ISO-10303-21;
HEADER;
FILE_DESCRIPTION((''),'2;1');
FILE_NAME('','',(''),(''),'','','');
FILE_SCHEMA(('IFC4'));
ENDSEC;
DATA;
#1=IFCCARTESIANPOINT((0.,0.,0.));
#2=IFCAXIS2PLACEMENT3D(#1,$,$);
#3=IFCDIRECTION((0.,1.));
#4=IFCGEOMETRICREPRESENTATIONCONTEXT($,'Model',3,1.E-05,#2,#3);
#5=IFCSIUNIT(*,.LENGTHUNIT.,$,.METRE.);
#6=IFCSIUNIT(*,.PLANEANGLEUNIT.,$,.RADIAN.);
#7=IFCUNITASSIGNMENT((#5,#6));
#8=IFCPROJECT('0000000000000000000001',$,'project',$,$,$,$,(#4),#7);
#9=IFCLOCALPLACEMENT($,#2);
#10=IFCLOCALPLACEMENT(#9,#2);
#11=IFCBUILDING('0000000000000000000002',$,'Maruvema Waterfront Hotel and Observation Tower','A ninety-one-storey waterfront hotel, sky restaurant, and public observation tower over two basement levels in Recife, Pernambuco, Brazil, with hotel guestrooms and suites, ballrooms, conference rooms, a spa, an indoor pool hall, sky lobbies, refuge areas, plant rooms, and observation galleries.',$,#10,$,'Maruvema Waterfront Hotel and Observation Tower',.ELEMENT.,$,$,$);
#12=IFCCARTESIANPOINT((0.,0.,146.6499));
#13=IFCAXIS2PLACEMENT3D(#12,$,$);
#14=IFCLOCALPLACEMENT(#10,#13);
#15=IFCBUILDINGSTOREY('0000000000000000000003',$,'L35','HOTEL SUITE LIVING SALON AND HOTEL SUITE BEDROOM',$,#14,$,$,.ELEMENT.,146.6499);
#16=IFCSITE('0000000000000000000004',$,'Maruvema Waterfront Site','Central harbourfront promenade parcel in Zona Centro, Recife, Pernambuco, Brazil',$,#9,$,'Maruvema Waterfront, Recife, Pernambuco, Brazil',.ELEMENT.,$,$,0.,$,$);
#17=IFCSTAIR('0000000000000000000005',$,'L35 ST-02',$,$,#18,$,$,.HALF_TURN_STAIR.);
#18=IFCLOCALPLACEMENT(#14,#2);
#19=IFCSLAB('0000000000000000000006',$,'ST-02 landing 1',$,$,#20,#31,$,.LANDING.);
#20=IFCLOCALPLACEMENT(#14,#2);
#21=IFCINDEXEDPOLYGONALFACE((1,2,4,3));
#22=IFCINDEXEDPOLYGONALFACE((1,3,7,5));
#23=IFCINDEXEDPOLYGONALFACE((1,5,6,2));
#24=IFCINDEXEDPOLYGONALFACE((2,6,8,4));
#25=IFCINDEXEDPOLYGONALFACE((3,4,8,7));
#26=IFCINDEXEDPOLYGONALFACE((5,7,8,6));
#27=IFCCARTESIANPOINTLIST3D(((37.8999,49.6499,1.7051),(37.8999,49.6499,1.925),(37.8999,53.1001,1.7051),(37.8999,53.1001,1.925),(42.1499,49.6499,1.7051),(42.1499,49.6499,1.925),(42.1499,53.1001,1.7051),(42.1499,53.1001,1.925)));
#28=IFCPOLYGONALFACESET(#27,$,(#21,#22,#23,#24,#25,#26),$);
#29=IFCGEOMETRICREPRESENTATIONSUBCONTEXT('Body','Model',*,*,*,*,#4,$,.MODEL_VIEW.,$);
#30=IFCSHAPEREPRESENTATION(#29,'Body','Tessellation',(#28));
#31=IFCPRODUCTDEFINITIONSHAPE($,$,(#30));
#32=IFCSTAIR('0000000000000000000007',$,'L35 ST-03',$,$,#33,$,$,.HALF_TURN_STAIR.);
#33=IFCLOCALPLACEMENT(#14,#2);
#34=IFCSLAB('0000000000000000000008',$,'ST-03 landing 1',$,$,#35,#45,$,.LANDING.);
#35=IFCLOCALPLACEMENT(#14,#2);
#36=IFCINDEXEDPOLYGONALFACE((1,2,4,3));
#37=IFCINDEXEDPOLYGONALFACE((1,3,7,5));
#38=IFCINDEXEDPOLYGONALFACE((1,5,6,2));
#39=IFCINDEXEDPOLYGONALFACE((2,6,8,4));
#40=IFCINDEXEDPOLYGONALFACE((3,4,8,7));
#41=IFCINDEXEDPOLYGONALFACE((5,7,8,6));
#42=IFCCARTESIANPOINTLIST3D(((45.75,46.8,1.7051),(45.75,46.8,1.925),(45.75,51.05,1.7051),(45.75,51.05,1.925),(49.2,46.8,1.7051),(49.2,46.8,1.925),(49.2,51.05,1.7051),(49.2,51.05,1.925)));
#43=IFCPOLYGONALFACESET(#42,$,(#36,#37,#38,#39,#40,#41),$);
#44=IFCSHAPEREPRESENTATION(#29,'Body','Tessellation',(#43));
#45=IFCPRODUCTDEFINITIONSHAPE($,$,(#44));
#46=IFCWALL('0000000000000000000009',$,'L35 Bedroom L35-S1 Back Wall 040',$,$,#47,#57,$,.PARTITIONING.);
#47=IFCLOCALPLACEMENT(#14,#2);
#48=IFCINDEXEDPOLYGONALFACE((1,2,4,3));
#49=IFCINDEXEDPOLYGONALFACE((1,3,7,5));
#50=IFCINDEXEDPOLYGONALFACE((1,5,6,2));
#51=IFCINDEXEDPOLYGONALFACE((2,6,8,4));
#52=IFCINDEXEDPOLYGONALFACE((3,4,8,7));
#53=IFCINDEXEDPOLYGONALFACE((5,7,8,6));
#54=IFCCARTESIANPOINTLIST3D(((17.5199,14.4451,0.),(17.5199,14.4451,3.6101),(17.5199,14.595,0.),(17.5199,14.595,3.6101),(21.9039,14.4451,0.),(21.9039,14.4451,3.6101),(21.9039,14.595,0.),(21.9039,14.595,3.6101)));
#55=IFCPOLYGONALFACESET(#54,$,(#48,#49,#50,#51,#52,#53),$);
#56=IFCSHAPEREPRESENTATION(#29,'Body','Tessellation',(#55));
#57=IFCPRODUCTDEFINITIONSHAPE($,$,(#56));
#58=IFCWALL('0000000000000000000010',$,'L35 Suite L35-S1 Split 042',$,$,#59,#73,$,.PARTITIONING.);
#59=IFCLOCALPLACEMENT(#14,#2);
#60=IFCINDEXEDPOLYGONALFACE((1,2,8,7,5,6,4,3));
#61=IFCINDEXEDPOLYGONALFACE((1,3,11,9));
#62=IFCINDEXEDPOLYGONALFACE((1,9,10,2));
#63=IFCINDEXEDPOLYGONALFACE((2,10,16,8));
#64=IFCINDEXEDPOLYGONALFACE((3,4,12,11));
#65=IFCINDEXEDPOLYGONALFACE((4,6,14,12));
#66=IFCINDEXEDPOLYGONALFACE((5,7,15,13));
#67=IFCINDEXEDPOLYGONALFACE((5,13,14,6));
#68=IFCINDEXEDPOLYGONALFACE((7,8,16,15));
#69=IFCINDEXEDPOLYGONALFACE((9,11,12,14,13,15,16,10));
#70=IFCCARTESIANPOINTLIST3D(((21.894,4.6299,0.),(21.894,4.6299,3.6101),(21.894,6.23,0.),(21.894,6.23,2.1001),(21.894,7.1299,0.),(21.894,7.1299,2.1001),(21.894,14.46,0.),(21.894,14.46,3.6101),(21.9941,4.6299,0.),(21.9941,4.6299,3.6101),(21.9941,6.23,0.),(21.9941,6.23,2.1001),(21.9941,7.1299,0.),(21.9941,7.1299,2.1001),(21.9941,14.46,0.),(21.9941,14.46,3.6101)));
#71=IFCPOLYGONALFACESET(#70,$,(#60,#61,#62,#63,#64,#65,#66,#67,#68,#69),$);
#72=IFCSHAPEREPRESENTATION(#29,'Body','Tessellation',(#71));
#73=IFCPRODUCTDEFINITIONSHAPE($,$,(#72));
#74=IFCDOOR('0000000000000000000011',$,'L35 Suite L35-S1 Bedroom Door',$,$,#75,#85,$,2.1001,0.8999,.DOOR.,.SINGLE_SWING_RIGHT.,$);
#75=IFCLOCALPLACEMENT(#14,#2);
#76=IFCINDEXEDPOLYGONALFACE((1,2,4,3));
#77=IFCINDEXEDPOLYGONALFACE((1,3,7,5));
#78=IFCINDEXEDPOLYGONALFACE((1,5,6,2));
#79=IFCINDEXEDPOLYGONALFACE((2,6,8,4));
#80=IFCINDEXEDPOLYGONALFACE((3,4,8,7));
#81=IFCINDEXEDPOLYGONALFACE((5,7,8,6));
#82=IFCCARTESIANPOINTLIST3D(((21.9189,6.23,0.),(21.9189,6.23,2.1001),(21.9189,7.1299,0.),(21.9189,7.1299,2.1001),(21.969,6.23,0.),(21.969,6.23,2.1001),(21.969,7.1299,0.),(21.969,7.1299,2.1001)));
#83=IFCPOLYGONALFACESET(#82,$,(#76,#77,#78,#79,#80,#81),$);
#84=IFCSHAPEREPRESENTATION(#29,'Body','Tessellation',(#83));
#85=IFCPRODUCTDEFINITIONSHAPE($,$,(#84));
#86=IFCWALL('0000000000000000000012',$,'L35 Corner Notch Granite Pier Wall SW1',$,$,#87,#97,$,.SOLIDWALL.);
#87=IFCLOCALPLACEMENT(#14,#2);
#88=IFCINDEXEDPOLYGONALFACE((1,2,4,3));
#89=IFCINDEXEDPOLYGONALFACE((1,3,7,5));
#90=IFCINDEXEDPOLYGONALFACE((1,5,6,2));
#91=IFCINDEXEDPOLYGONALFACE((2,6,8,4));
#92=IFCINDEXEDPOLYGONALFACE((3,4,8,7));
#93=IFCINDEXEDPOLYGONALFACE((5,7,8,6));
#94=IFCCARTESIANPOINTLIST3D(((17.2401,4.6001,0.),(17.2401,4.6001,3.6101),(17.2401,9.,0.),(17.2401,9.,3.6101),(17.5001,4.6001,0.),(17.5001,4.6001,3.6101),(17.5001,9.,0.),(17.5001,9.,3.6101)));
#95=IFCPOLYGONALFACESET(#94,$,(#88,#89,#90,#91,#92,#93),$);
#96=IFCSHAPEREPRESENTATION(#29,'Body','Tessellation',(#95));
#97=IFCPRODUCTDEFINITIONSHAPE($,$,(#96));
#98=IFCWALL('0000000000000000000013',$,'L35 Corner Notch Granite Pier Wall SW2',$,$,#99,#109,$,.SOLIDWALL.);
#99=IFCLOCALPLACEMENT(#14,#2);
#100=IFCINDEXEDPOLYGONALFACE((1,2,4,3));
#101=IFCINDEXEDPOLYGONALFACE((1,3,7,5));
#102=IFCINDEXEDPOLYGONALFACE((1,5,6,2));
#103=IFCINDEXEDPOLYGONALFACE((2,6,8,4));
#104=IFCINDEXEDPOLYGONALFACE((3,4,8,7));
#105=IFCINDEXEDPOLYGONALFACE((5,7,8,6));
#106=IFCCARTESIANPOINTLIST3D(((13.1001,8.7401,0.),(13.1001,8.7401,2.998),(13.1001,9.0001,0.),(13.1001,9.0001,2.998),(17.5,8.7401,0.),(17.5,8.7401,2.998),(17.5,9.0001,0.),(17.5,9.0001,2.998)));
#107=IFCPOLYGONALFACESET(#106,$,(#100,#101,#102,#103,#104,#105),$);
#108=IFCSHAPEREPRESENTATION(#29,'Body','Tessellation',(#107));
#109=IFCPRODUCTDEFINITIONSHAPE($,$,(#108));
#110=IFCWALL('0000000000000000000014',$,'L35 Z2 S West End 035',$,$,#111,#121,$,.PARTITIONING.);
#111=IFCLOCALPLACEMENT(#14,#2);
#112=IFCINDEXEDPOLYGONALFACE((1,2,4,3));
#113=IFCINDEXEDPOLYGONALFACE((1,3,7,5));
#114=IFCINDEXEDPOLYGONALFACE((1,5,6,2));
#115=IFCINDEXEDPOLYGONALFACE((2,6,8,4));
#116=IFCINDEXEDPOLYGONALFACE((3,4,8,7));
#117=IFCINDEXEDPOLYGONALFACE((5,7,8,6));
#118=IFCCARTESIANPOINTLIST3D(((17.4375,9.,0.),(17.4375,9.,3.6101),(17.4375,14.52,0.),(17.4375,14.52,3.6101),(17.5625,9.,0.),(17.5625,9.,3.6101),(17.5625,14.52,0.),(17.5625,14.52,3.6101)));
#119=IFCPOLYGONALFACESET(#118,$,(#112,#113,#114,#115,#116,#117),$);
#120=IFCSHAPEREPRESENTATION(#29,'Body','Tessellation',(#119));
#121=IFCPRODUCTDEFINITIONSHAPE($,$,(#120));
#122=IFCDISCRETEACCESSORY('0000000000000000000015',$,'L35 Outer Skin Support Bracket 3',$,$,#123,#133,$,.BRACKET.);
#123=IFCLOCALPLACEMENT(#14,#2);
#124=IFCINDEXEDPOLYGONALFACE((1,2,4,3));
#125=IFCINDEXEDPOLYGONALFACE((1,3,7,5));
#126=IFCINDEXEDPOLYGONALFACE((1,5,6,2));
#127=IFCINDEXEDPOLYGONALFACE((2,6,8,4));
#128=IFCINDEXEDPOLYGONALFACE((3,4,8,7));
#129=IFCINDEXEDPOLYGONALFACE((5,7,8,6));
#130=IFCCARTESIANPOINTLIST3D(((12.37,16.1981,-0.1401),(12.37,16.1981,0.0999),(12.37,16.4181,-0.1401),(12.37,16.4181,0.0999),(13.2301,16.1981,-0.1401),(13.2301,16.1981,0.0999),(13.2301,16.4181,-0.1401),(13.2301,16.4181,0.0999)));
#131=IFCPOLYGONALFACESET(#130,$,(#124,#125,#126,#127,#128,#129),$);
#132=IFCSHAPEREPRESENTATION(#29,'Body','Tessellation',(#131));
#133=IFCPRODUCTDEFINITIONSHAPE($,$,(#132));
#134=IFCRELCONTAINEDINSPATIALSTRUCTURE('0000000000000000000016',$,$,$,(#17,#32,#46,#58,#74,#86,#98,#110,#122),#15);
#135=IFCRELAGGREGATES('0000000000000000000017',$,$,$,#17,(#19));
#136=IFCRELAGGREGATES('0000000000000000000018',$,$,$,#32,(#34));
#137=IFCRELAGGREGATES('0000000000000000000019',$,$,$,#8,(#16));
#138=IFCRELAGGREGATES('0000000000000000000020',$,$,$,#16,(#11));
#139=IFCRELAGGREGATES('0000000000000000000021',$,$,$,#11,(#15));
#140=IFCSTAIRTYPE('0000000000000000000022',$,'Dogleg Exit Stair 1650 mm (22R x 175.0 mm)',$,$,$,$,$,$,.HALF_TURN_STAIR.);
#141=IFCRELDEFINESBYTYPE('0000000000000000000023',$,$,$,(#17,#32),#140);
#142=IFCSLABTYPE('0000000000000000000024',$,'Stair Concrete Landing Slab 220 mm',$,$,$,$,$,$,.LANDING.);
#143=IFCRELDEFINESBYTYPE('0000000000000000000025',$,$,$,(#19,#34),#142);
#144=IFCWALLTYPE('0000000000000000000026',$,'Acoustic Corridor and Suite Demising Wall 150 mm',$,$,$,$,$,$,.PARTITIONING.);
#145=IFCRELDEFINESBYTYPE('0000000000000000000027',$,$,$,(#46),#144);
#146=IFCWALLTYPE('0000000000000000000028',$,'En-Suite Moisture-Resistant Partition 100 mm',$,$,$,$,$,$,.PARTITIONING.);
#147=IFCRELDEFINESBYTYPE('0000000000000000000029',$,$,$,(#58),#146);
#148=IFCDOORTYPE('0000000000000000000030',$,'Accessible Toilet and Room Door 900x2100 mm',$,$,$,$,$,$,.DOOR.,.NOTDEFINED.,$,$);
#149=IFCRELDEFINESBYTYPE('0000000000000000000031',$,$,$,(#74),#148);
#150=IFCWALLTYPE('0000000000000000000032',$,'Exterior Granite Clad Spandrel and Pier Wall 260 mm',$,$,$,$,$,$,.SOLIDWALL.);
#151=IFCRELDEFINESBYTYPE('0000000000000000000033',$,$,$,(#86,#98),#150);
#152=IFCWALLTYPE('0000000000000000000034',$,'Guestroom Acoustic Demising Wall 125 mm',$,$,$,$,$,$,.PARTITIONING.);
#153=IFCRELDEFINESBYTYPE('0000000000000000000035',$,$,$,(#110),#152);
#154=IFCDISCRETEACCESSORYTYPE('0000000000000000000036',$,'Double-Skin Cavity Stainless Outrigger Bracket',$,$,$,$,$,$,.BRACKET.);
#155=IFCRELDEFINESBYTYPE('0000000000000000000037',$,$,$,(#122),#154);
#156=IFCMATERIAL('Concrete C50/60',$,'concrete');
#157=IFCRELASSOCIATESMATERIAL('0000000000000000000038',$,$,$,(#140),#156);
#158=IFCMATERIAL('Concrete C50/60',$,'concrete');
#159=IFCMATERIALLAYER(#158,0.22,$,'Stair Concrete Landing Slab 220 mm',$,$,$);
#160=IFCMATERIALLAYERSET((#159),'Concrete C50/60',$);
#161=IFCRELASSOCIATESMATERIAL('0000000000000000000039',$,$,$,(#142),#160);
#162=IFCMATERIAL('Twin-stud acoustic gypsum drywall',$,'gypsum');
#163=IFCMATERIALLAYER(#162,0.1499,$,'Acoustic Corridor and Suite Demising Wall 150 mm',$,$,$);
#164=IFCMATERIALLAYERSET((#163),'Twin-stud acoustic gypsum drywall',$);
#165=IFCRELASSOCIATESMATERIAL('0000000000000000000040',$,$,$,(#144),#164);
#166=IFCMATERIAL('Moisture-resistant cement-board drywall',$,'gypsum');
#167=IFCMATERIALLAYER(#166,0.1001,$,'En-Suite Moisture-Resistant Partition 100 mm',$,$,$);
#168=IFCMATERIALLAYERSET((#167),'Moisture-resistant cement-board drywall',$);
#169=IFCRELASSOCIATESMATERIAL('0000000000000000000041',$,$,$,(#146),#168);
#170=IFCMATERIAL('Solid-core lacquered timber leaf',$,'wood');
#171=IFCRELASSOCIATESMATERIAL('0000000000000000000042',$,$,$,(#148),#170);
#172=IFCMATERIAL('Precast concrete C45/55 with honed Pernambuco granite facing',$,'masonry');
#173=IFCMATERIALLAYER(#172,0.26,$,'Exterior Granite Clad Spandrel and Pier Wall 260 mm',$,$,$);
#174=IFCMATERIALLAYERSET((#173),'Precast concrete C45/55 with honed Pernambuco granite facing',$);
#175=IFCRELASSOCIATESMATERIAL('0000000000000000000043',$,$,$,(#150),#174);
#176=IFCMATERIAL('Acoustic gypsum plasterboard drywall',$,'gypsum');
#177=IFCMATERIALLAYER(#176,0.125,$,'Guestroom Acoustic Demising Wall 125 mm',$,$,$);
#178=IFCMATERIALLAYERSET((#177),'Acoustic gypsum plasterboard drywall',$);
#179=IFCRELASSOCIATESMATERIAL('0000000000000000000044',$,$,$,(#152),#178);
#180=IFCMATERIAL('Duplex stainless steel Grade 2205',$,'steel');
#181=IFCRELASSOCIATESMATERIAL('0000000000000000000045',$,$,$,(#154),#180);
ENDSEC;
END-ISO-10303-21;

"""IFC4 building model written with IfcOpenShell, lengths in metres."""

from ifc_helpers import new_model, si_unit, direction, frame, frame_2d, origin, origin_2d, place, context, subcontext, project, spatial, polyline, rectangle, outline, extrude, material, layer, layer_set, type_object, element, fill, aggregate, save


model = new_model("IFC4")

# Units and contexts
model_context = context("Model", 3, precision=1e-05, world=origin(), true_north=direction((0.0, 1.0)))
body_context = subcontext(model_context, "Body", "Model", "MODEL_VIEW")
ifc_project = project(units=[si_unit("LENGTHUNIT", "METRE"), si_unit("PLANEANGLEUNIT", "RADIAN")], contexts=[model_context])

# Site, building, storey
site_placement = place(None, origin())
site = spatial("IfcSite", under=ifc_project, at=site_placement, Name="Maruvema Waterfront Site", Description="Central harbourfront promenade parcel in Zona Centro, Recife, Pernambuco, Brazil", LongName="Maruvema Waterfront, Recife, Pernambuco, Brazil", CompositionType="ELEMENT", RefElevation=0.0)
building_placement = place(site_placement, origin())
building = spatial("IfcBuilding", under=site, at=building_placement, Name="Maruvema Waterfront Hotel and Observation Tower", Description="A ninety-one-storey waterfront hotel, sky restaurant, and public observation tower over two basement levels in Recife, Pernambuco, Brazil, with hotel guestrooms and suites, ballrooms, conference rooms, a spa, an indoor pool hall, sky lobbies, refuge areas, plant rooms, and observation galleries.", LongName="Maruvema Waterfront Hotel and Observation Tower", CompositionType="ELEMENT")
storey_placement = place(building_placement, frame((0.0, 0.0, 146.6499)))
storey = spatial("IfcBuildingStorey", under=building, at=storey_placement, Name="L35", Description="HOTEL SUITE LIVING SALON AND HOTEL SUITE BEDROOM", CompositionType="ELEMENT", Elevation=146.6499)

# Stairs, slabs
ifc_material_1 = material(Name="Concrete C50/60", Category="concrete")
stair_type = type_object("IfcStairType", Name="Dogleg Exit Stair 1650 mm (22R x 175.0 mm)", PredefinedType="HALF_TURN_STAIR", material=ifc_material_1)
ifc_material_2 = material(Name="Concrete C50/60", Category="concrete")
ifc_layer_1 = layer(ifc_material_2, 0.22, Name="Stair Concrete Landing Slab 220 mm")
ifc_layer_set_1 = layer_set([ifc_layer_1], Name="Concrete C50/60")
slab_type_1 = type_object("IfcSlabType", Name="Stair Concrete Landing Slab 220 mm", PredefinedType="LANDING", material=ifc_layer_set_1)
stair_1_placement = place(storey_placement, origin())
stair_1 = element("IfcStair", 1, at=stair_1_placement, inside=storey, type_object=stair_type, Name="L35 ST-02", PredefinedType="HALF_TURN_STAIR")
slab_1_placement = place(storey_placement, frame((0.0, 0.0, 1.7051)))
slab_1 = element("IfcSlab", 2, at=slab_1_placement, type_object=slab_type_1, Name="ST-02 landing 1", PredefinedType="LANDING", context=body_context, shape_type="SweptSolid", body=[
    extrude(outline(polyline([(37.8999, 49.6499), (42.1499, 49.6499), (42.1499, 53.1001), (37.8999, 53.1001), (37.8999, 49.6499)])), origin(), (0.0, 0.0, 1.0), 0.22),
])
aggregate(stair_1, [slab_1])
stair_2_placement = place(storey_placement, origin())
stair_2 = element("IfcStair", 3, at=stair_2_placement, inside=storey, type_object=stair_type, Name="L35 ST-03", PredefinedType="HALF_TURN_STAIR")
slab_2_placement = place(storey_placement, frame((0.0, 0.0, 1.7051)))
slab_2 = element("IfcSlab", 4, at=slab_2_placement, type_object=slab_type_1, Name="ST-03 landing 1", PredefinedType="LANDING", context=body_context, shape_type="SweptSolid", body=[
    extrude(outline(polyline([(49.2, 46.8), (49.2, 51.05), (45.75, 51.05), (45.75, 46.8), (49.2, 46.8)])), origin(), (0.0, 0.0, 1.0), 0.22),
])
aggregate(stair_2, [slab_2])

# Wall
ifc_material_3 = material(Name="Twin-stud acoustic gypsum drywall", Category="gypsum")
ifc_layer_2 = layer(ifc_material_3, 0.1499, Name="Acoustic Corridor and Suite Demising Wall 150 mm")
ifc_layer_set_2 = layer_set([ifc_layer_2], Name="Twin-stud acoustic gypsum drywall")
wall_type_1 = type_object("IfcWallType", Name="Acoustic Corridor and Suite Demising Wall 150 mm", PredefinedType="PARTITIONING", material=ifc_layer_set_2)
wall_1_placement = place(storey_placement, frame((17.52, 14.52, 0.0), z_axis=(0.0, 0.0, 1.0), x_axis=(1.0, 0.0, 0.0)))
element("IfcWall", 5, at=wall_1_placement, inside=storey, type_object=wall_type_1, Name="L35 Bedroom L35-S1 Back Wall 040", PredefinedType="PARTITIONING", context=body_context, shape_type="SweptSolid", body=[
    extrude(rectangle(XDim=4.384, YDim=0.1499, at=frame_2d((2.1919, 0.0))), origin(), (0.0, 0.0, 1.0), 3.6101),
])

# Wall, opening, door
ifc_material_4 = material(Name="Moisture-resistant cement-board drywall", Category="gypsum")
ifc_layer_3 = layer(ifc_material_4, 0.1001, Name="En-Suite Moisture-Resistant Partition 100 mm")
ifc_layer_set_3 = layer_set([ifc_layer_3], Name="Moisture-resistant cement-board drywall")
wall_type_2 = type_object("IfcWallType", Name="En-Suite Moisture-Resistant Partition 100 mm", PredefinedType="PARTITIONING", material=ifc_layer_set_3)
wall_2_placement = place(storey_placement, frame((21.9441, 4.6299, 0.0), z_axis=(0.0, 0.0, 1.0), x_axis=(0.0, 1.0, 0.0)))
wall_2 = element("IfcWall", 6, at=wall_2_placement, inside=storey, type_object=wall_type_2, Name="L35 Suite L35-S1 Split 042", PredefinedType="PARTITIONING", context=body_context, shape_type="SweptSolid", body=[
    extrude(rectangle(XDim=9.8301, YDim=0.1001, at=frame_2d((4.915, 0.0))), origin(), (0.0, 0.0, 1.0), 3.6101),
])
opening_1_placement = place(wall_2_placement, frame((1.6001, 0.0, 0.0)))
opening_1 = element("IfcOpeningElement", 7, at=opening_1_placement, cuts=wall_2, PredefinedType="OPENING", context=body_context, shape_type="SweptSolid", body=[
    extrude(rectangle(XDim=0.8999, YDim=2.1001, at=frame_2d((0.45, 1.05))), frame((0.0, 0.0601, 0.0), z_axis=(0.0, -1.0, 0.0), x_axis=(1.0, 0.0, 0.0)), (0.0, 0.0, 1.0), 0.1201),
])
ifc_material_5 = material(Name="Solid-core lacquered timber leaf", Category="wood")
door_type_1 = type_object("IfcDoorType", Name="Accessible Toilet and Room Door 900x2100 mm", OperationType="NOTDEFINED", PredefinedType="DOOR", material=ifc_material_5)
door_1_placement = place(opening_1_placement, frame((0.8999, 0.0, 0.0), z_axis=(0.0, 0.0, 1.0), x_axis=(-1.0, 0.0, 0.0)))
door_1 = element("IfcDoor", 8, at=door_1_placement, inside=storey, type_object=door_type_1, Name="L35 Suite L35-S1 Bedroom Door", OperationType="SINGLE_SWING_RIGHT", OverallHeight=2.1001, OverallWidth=0.8999, PredefinedType="DOOR", context=body_context, shape_type="SweptSolid", body=[
    extrude(rectangle(XDim=0.8999, YDim=2.1001, at=frame_2d((0.45, 1.05))), frame((0.0, 0.0249, 0.0), z_axis=(0.0, -1.0, 0.0), x_axis=(1.0, 0.0, 0.0)), (0.0, 0.0, 1.0), 0.05),
])
fill(opening_1, door_1)

# Walls
ifc_material_6 = material(Name="Precast concrete C45/55 with honed Pernambuco granite facing", Category="masonry")
ifc_layer_4 = layer(ifc_material_6, 0.26, Name="Exterior Granite Clad Spandrel and Pier Wall 260 mm")
ifc_layer_set_4 = layer_set([ifc_layer_4], Name="Precast concrete C45/55 with honed Pernambuco granite facing")
wall_type_3 = type_object("IfcWallType", Name="Exterior Granite Clad Spandrel and Pier Wall 260 mm", PredefinedType="SOLIDWALL", material=ifc_layer_set_4)
wall_3_placement = place(storey_placement, frame((17.3701, 4.6001, 0.0), z_axis=(0.0, 0.0, 1.0), x_axis=(0.0, 1.0, 0.0)))
element("IfcWall", 9, at=wall_3_placement, inside=storey, type_object=wall_type_3, Name="L35 Corner Notch Granite Pier Wall SW1", PredefinedType="SOLIDWALL", context=body_context, shape_type="SweptSolid", body=[
    extrude(rectangle(XDim=4.3999, YDim=0.26, at=frame_2d((2.2, 0.0))), origin(), (0.0, 0.0, 1.0), 3.6101),
])
wall_4_placement = place(storey_placement, frame((17.5, 8.8701, 0.0), z_axis=(0.0, 0.0, 1.0), x_axis=(-1.0, 0.0, 0.0)))
element("IfcWall", 10, at=wall_4_placement, inside=storey, type_object=wall_type_3, Name="L35 Corner Notch Granite Pier Wall SW2", PredefinedType="SOLIDWALL", context=body_context, shape_type="SweptSolid", body=[
    extrude(rectangle(XDim=4.3999, YDim=0.26, at=frame_2d((2.2, 0.0))), origin(), (0.0, 0.0, 1.0), 2.998),
])
ifc_material_7 = material(Name="Acoustic gypsum plasterboard drywall", Category="gypsum")
ifc_layer_5 = layer(ifc_material_7, 0.125, Name="Guestroom Acoustic Demising Wall 125 mm")
ifc_layer_set_5 = layer_set([ifc_layer_5], Name="Acoustic gypsum plasterboard drywall")
wall_type_4 = type_object("IfcWallType", Name="Guestroom Acoustic Demising Wall 125 mm", PredefinedType="PARTITIONING", material=ifc_layer_set_5)
wall_5_placement = place(storey_placement, frame((17.5, 9.0, 0.0), z_axis=(0.0, 0.0, 1.0), x_axis=(0.0, 1.0, 0.0)))
element("IfcWall", 11, at=wall_5_placement, inside=storey, type_object=wall_type_4, Name="L35 Z2 S West End 035", PredefinedType="PARTITIONING", context=body_context, shape_type="SweptSolid", body=[
    extrude(rectangle(XDim=5.52, YDim=0.125, at=frame_2d((2.76, 0.0))), origin(), (0.0, 0.0, 1.0), 3.6101),
])

# Discrete accessory
ifc_material_8 = material(Name="Duplex stainless steel Grade 2205", Category="steel")
discrete_accessory_type = type_object("IfcDiscreteAccessoryType", Name="Double-Skin Cavity Stainless Outrigger Bracket", PredefinedType="BRACKET", material=ifc_material_8)
discrete_accessory_placement = place(storey_placement, frame((12.8, 16.3081, -0.1401), z_axis=(0.0, 0.0, 1.0), x_axis=(0.0, -1.0, 0.0)))
element("IfcDiscreteAccessory", 12, at=discrete_accessory_placement, inside=storey, type_object=discrete_accessory_type, Name="L35 Outer Skin Support Bracket 3", PredefinedType="BRACKET", context=body_context, shape_type="SweptSolid", body=[
    extrude(rectangle(XDim=0.22, YDim=0.8601, at=origin_2d()), origin(), (0.0, 0.0, 1.0), 0.24),
])

save(model, "model.ifc")
